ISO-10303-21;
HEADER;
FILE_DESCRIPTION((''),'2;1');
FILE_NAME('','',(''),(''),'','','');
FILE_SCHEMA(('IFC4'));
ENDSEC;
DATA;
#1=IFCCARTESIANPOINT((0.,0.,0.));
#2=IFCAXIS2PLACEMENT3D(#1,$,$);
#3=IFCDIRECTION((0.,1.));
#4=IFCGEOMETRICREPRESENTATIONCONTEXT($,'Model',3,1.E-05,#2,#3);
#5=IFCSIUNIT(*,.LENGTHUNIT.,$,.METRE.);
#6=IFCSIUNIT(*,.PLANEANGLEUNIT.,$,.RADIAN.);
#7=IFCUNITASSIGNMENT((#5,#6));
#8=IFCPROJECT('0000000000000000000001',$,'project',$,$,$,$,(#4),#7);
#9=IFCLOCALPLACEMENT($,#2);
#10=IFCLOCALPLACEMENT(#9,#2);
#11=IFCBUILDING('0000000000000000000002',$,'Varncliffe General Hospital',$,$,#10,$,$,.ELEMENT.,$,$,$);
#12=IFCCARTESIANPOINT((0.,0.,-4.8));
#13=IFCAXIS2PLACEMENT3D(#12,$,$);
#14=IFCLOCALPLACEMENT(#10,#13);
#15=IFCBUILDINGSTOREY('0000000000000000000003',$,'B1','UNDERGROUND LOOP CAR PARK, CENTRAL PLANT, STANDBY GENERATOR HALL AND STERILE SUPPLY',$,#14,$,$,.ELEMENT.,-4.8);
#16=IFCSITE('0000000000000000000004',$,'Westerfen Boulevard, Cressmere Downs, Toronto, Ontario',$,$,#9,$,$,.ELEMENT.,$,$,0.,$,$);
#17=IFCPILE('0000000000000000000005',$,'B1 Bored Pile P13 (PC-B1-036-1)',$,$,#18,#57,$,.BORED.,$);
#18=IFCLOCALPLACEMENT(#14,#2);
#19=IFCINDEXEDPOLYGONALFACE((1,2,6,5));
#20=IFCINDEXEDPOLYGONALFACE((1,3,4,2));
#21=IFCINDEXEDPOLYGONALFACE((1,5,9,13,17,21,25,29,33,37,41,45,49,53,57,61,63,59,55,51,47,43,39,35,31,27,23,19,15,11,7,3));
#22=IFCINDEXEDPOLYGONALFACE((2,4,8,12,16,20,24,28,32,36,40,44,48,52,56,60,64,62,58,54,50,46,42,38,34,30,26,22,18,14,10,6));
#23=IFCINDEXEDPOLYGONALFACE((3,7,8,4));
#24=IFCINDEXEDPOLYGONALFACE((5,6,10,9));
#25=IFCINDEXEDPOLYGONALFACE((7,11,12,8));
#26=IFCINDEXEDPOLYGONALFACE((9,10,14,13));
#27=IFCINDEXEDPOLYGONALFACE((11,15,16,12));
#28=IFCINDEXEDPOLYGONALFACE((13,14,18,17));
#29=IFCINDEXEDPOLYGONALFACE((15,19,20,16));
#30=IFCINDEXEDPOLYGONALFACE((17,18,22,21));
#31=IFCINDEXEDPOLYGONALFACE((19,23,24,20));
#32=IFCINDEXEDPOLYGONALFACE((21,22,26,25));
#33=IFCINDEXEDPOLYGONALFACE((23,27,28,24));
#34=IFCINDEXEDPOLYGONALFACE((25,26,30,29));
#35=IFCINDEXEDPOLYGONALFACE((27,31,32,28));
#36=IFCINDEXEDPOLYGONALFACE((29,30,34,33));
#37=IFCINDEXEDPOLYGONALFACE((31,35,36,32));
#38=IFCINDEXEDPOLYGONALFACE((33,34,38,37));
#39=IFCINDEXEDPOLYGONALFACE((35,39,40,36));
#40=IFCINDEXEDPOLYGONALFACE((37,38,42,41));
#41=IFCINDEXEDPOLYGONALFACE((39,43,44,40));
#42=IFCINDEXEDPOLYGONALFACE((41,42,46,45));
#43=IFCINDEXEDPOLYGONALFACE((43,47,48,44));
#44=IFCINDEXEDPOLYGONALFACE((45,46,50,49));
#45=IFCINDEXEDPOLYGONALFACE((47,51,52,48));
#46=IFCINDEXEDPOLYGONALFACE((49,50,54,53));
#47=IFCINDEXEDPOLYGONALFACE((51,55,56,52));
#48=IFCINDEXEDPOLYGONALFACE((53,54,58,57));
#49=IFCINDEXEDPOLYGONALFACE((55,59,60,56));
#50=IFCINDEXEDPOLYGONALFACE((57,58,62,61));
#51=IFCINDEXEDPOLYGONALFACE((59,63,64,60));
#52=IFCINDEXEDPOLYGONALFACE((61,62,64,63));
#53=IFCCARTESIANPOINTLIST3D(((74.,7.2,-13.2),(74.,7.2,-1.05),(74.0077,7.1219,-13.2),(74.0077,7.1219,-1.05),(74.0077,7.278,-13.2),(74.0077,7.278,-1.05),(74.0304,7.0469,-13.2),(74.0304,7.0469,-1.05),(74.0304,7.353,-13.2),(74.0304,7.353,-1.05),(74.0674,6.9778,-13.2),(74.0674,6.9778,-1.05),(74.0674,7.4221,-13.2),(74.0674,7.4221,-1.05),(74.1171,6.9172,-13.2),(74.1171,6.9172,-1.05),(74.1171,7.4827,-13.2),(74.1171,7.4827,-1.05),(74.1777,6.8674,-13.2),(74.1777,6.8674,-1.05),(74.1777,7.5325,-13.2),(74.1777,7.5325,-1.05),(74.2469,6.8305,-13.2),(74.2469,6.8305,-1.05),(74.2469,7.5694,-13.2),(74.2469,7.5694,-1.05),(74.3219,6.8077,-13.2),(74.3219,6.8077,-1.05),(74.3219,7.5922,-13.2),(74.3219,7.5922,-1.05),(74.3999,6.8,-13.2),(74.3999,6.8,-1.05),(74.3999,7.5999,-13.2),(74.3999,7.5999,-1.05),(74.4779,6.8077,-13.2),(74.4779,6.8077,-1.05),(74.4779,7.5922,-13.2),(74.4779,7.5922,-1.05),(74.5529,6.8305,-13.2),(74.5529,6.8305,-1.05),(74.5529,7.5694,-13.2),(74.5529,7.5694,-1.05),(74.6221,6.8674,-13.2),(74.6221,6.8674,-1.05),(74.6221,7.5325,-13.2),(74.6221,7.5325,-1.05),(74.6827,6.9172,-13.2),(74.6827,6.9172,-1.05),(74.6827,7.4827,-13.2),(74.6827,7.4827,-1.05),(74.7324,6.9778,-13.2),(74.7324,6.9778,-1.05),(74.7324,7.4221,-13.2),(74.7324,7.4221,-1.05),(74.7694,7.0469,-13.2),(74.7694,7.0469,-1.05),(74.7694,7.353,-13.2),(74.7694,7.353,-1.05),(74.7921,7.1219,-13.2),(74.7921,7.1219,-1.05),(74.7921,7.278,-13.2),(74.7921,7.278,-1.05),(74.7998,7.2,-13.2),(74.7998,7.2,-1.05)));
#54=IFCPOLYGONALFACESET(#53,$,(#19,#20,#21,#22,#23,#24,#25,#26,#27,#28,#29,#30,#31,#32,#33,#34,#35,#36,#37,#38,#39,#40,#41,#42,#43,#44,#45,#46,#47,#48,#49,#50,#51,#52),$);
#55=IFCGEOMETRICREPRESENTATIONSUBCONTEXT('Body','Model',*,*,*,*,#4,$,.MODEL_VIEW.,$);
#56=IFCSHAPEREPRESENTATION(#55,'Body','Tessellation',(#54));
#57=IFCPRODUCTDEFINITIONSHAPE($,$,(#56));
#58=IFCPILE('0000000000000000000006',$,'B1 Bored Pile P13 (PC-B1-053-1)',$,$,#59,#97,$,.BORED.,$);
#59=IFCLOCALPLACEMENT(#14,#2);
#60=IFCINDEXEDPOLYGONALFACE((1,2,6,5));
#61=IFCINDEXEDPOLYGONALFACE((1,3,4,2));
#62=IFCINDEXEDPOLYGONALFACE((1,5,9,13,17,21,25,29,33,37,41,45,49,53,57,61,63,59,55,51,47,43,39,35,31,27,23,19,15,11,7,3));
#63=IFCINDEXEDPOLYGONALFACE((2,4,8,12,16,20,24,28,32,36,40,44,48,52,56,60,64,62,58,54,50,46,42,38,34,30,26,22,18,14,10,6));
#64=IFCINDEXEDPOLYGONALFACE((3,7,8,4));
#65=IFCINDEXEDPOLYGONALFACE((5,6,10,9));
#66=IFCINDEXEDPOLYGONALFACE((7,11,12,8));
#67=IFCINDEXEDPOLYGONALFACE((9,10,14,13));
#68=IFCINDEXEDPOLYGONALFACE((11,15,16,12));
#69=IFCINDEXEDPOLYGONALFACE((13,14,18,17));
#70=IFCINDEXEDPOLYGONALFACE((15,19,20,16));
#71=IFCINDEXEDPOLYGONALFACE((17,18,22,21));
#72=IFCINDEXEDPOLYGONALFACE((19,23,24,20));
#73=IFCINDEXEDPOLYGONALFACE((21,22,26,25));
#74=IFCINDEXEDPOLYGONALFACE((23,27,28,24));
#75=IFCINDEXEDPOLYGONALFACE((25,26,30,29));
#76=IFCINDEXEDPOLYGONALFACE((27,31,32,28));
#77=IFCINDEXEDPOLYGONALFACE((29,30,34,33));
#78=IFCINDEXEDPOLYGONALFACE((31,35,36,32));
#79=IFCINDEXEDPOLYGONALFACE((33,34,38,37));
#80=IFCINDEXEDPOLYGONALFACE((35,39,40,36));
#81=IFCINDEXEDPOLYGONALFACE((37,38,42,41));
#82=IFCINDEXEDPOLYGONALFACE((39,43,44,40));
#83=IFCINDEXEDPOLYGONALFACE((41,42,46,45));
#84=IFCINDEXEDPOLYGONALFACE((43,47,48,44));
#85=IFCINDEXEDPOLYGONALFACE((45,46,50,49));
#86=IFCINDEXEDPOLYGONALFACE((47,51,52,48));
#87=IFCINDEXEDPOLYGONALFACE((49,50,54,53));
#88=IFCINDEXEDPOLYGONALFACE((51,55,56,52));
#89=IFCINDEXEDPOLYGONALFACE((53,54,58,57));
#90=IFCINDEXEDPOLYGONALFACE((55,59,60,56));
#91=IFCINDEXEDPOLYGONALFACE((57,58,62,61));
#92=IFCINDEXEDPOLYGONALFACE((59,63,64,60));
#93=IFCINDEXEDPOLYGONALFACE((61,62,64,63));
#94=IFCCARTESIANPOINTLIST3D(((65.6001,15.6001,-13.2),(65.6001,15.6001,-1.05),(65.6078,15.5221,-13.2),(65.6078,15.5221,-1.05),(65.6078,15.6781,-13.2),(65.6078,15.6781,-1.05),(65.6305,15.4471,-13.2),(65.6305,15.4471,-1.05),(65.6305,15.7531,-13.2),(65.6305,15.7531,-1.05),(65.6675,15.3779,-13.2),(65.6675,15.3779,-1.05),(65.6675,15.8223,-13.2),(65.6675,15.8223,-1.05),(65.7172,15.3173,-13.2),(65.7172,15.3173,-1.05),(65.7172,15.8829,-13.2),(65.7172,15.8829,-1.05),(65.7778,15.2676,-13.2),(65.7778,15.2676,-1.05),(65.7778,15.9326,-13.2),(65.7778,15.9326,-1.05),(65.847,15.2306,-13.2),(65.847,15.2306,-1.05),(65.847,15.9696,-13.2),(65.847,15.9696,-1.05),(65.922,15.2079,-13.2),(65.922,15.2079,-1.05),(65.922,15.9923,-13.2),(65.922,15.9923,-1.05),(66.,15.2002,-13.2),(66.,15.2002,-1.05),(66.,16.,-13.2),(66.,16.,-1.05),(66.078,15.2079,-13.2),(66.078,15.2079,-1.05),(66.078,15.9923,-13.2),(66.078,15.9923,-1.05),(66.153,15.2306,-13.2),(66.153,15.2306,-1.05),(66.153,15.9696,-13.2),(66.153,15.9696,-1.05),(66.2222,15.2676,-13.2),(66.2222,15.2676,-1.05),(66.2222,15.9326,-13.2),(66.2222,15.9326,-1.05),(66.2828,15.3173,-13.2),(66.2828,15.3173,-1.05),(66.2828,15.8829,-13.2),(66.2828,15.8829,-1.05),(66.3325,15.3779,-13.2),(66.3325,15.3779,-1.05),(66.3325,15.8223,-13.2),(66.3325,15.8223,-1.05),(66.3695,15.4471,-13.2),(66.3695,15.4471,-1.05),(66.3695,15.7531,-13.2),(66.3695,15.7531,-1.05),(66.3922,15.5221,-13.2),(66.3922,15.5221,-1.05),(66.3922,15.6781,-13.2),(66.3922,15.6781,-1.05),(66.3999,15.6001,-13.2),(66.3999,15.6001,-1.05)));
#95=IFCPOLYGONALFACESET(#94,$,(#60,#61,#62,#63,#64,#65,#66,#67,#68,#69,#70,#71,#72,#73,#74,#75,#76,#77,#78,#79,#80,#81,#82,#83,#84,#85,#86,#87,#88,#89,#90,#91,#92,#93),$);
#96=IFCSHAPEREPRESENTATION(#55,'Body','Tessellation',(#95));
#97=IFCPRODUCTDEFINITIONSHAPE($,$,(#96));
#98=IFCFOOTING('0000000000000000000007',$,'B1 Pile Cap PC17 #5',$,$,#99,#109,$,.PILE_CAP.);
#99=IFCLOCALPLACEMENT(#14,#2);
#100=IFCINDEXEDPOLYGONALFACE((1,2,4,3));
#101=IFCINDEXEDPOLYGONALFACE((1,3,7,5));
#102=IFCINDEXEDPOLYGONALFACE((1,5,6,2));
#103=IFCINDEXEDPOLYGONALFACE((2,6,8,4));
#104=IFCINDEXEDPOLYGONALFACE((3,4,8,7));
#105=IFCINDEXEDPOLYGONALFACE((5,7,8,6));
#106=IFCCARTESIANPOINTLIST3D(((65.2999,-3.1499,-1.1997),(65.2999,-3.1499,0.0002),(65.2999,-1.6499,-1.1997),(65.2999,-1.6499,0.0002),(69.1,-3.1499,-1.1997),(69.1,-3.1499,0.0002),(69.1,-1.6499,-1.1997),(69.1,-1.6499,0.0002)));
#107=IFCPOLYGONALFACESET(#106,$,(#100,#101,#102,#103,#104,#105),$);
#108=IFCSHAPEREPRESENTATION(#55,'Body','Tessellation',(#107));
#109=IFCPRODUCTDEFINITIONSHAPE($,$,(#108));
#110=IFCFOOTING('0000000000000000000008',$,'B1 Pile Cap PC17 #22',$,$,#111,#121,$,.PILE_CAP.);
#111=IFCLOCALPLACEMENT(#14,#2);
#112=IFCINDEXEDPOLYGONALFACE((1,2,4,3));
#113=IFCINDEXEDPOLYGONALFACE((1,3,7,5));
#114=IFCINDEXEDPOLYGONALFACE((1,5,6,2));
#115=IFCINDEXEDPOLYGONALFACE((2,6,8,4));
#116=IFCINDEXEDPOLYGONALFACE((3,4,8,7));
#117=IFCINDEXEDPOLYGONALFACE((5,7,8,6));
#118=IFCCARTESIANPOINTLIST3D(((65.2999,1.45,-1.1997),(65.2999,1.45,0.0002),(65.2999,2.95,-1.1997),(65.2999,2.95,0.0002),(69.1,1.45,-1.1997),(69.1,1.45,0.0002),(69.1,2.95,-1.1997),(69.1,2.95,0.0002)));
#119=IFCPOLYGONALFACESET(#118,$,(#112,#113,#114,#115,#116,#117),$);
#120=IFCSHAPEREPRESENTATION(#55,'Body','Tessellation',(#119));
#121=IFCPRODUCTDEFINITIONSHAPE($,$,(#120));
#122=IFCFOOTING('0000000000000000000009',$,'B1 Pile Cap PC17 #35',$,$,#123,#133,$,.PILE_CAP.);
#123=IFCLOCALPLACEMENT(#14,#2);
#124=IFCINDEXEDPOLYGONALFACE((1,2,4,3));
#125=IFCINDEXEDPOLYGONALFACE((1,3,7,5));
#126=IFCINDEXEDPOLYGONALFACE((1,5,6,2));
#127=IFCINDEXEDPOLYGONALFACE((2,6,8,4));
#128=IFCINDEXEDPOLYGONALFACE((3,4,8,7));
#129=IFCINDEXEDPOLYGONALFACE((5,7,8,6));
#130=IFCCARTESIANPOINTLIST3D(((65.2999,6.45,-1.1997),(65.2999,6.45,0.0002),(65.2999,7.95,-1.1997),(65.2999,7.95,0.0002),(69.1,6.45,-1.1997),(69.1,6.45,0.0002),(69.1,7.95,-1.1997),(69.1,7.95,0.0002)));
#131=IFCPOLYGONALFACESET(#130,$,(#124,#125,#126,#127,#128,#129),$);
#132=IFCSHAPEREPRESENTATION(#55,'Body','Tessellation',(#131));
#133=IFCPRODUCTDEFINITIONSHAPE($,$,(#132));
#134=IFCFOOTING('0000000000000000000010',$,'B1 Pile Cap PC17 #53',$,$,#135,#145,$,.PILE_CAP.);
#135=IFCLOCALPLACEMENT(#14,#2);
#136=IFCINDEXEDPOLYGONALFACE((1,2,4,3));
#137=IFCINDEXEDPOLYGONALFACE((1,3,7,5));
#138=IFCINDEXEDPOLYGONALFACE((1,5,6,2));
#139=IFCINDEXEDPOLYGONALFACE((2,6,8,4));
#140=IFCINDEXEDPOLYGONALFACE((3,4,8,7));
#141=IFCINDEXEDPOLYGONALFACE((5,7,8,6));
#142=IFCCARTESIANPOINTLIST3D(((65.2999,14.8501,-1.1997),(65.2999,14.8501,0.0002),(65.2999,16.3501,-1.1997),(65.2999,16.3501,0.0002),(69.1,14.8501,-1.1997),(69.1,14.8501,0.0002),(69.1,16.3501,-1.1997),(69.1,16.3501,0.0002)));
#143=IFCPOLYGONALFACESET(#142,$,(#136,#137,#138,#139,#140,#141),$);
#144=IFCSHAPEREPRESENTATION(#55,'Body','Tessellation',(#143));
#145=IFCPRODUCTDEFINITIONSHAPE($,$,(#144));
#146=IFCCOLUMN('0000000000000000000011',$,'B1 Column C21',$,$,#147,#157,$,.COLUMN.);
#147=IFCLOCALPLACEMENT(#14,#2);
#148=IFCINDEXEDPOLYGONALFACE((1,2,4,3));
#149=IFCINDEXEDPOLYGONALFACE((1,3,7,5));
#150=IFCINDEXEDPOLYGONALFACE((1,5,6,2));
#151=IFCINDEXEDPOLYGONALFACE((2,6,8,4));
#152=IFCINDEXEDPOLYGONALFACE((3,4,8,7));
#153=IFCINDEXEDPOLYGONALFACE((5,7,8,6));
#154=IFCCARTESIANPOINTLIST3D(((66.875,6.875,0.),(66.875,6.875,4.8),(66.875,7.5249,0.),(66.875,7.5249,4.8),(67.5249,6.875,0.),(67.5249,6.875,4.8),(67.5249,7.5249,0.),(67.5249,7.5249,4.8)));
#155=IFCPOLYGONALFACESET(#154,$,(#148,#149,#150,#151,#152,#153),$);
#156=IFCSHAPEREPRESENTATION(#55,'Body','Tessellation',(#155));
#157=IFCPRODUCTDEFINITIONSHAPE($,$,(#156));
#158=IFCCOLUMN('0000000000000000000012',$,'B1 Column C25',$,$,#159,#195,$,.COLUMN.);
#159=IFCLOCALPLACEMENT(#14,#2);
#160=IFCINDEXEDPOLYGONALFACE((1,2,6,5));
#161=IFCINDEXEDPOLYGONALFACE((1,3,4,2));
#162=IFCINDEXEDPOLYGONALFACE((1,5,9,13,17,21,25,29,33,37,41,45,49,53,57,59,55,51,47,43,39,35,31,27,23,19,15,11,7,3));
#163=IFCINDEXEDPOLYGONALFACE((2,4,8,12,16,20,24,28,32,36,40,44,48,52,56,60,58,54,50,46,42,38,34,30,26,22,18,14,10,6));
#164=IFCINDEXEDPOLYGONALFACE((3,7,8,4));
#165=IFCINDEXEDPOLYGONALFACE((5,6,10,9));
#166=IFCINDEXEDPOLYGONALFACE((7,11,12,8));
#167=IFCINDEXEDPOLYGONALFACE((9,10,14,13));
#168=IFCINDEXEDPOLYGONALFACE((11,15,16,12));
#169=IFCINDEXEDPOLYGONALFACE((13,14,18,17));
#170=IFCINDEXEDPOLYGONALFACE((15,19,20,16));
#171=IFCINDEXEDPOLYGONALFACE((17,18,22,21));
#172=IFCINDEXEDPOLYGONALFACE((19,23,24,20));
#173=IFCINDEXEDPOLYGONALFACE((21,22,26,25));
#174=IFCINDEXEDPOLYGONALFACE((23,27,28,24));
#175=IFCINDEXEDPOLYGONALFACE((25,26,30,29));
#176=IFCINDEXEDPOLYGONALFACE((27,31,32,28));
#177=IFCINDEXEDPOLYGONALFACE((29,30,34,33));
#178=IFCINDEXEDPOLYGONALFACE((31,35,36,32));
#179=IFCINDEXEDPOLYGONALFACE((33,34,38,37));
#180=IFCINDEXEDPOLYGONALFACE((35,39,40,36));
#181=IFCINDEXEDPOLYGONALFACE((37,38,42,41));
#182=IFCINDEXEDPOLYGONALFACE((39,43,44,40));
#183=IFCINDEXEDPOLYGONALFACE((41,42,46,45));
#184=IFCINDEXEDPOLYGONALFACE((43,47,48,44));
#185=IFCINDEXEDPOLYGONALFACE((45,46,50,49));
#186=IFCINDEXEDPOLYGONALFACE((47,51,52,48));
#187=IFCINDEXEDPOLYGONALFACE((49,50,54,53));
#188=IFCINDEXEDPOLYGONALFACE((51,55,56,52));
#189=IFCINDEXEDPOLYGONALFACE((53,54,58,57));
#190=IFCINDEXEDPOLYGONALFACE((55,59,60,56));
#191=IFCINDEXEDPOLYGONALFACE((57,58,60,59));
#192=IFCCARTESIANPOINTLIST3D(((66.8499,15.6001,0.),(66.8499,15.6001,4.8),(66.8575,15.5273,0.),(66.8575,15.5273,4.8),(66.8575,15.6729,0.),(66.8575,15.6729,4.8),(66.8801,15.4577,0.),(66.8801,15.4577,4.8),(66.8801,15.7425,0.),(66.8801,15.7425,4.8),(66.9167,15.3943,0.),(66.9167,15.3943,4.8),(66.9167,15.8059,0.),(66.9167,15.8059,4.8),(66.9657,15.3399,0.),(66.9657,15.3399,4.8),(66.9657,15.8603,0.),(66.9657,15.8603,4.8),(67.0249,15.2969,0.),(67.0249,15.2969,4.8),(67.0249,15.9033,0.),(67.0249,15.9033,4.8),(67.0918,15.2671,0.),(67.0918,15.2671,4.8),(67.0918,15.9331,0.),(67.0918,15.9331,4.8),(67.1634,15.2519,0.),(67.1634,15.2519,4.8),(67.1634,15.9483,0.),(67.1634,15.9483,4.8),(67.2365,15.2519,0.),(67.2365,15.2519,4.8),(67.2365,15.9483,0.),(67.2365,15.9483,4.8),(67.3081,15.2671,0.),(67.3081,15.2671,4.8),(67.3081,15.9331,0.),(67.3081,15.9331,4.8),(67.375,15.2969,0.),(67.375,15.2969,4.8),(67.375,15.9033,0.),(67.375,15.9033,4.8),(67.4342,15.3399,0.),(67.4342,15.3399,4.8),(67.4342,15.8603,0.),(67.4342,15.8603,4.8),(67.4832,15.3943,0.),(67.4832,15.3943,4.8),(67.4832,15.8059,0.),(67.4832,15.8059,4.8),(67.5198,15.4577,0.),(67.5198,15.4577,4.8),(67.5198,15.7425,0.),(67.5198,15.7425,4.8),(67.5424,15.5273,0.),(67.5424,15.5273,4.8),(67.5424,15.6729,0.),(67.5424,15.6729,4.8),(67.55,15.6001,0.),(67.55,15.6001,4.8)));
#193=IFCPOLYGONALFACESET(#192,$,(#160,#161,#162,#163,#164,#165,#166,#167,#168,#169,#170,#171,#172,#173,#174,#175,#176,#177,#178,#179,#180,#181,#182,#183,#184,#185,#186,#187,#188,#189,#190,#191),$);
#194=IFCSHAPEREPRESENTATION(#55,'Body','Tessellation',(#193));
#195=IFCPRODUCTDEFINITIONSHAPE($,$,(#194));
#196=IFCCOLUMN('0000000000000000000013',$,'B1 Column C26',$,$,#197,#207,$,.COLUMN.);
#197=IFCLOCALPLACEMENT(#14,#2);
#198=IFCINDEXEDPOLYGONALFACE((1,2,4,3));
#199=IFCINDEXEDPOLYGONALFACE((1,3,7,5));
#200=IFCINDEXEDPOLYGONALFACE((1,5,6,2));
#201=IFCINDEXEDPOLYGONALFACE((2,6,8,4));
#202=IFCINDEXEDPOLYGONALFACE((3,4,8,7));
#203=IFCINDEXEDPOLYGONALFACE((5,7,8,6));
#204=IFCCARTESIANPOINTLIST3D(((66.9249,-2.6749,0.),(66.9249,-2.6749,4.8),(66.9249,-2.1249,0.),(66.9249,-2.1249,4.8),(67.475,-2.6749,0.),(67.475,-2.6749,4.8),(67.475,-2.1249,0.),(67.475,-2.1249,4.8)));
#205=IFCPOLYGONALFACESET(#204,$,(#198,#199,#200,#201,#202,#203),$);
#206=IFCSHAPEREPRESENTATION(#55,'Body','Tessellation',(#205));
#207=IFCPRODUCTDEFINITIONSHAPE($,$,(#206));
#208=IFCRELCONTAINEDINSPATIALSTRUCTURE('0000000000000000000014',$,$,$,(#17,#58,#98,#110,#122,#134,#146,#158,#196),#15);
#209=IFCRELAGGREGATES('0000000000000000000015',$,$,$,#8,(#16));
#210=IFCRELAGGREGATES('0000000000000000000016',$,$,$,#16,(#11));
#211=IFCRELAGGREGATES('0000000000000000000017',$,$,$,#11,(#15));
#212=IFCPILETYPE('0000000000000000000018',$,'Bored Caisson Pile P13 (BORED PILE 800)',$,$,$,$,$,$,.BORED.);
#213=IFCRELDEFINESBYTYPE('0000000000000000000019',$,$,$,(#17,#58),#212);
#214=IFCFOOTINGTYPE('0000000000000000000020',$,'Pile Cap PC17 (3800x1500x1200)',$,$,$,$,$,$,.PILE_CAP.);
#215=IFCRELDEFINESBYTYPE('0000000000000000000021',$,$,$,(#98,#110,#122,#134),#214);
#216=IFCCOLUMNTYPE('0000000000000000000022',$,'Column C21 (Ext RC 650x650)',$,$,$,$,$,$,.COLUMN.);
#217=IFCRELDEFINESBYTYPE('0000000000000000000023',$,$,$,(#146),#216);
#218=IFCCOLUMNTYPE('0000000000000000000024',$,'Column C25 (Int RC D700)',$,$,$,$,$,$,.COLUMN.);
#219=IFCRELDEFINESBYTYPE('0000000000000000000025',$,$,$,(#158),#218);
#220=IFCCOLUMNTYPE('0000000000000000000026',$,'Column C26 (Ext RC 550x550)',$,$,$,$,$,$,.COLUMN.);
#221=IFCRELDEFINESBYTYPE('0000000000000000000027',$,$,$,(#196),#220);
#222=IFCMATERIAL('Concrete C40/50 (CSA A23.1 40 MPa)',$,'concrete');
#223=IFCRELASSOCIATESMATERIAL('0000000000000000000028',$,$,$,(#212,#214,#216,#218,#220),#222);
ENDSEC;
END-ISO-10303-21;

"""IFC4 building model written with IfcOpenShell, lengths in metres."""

from ifc_helpers import new_model, si_unit, direction, frame, origin, origin_2d, place, context, subcontext, project, spatial, rectangle, circle, extrude, material, material_profile, profile_set, type_object, element, save


model = new_model("IFC4")

# Units and contexts
model_context = context("Model", 3, precision=1e-05, world=origin(), true_north=direction((0.0, 1.0)))
body_context = subcontext(model_context, "Body", "Model", "MODEL_VIEW")
ifc_project = project(units=[si_unit("LENGTHUNIT", "METRE"), si_unit("PLANEANGLEUNIT", "RADIAN")], contexts=[model_context])

# Site, building, storey
site_placement = place(None, origin())
site = spatial("IfcSite", under=ifc_project, at=site_placement, Name="Westerfen Boulevard, Cressmere Downs, Toronto, Ontario", CompositionType="ELEMENT", RefElevation=0.0)
building_placement = place(site_placement, origin())
building = spatial("IfcBuilding", under=site, at=building_placement, Name="Varncliffe General Hospital", CompositionType="ELEMENT")
storey_placement = place(building_placement, frame((0.0, 0.0, -4.8)))
storey = spatial("IfcBuildingStorey", under=building, at=storey_placement, Name="B1", Description="UNDERGROUND LOOP CAR PARK, CENTRAL PLANT, STANDBY GENERATOR HALL AND STERILE SUPPLY", CompositionType="ELEMENT", Elevation=-4.8)

# Piles
ifc_material_1 = material(Name="Concrete C40/50 (CSA A23.1 40 MPa)", Category="concrete")
ifc_material_profile_1 = material_profile(ifc_material_1, circle(Radius=0.3999, at=origin_2d()), Name="BORED PILE 800")
ifc_profile_set_1 = profile_set([ifc_material_profile_1], Name="Concrete C40/50 (CSA A23.1 40 MPa)")
pile_type = type_object("IfcPileType", Name="Bored Caisson Pile P13 (BORED PILE 800)", PredefinedType="BORED", material=ifc_profile_set_1)
for number, where, z_axis, x_axis, name in (
    (1, (74.3999, 7.2, -1.05), (0.0, 0.0, -1.0), (1.0, 0.0, 0.0), "B1 Bored Pile P13 (PC-B1-036-1)"),
    (2, (66.0, 15.6001, -1.05), (0.0, 0.0, -1.0), (1.0, 0.0, 0.0), "B1 Bored Pile P13 (PC-B1-053-1)"),
):
    element("IfcPile", number, at=place(storey_placement, frame(where, z_axis=z_axis, x_axis=x_axis)), inside=storey, type_object=pile_type, Name=name, PredefinedType="BORED", context=body_context, shape_type="SweptSolid", body=[
        extrude(circle(Radius=0.3999, at=origin_2d()), origin(), (0.0, 0.0, 1.0), 12.1499),
    ])

# Footings
footing_type = type_object("IfcFootingType", Name="Pile Cap PC17 (3800x1500x1200)", PredefinedType="PILE_CAP", material=ifc_material_1)
for number, where, z_axis, x_axis, name in (
    (3, (67.2, -2.3999, -1.1997), (0.0, 0.0, 1.0), (1.0, 0.0, 0.0), "B1 Pile Cap PC17 #5"),
    (4, (67.2, 2.2, -1.1997), (0.0, 0.0, 1.0), (1.0, 0.0, 0.0), "B1 Pile Cap PC17 #22"),
    (5, (67.2, 7.2, -1.1997), (0.0, 0.0, 1.0), (1.0, 0.0, 0.0), "B1 Pile Cap PC17 #35"),
    (6, (67.2, 15.6001, -1.1997), (0.0, 0.0, 1.0), (1.0, 0.0, 0.0), "B1 Pile Cap PC17 #53"),
):
    element("IfcFooting", number, at=place(storey_placement, frame(where, z_axis=z_axis, x_axis=x_axis)), inside=storey, type_object=footing_type, Name=name, PredefinedType="PILE_CAP", context=body_context, shape_type="SweptSolid", body=[
        extrude(rectangle(XDim=3.8, YDim=1.5, at=origin_2d()), origin(), (0.0, 0.0, 1.0), 1.2),
    ])

# Columns
ifc_material_profile_2 = material_profile(ifc_material_1, rectangle(XDim=0.6499, YDim=0.6499, at=origin_2d()), Name="RC 650x650")
ifc_profile_set_2 = profile_set([ifc_material_profile_2], Name="Concrete C40/50 (CSA A23.1 40 MPa)")
column_type_1 = type_object("IfcColumnType", Name="Column C21 (Ext RC 650x650)", PredefinedType="COLUMN", material=ifc_profile_set_2)
column_1_placement = place(storey_placement, frame((67.2, 7.2, 0.0), z_axis=(0.0, 0.0, 1.0), x_axis=(1.0, 0.0, 0.0)))
element("IfcColumn", 7, at=column_1_placement, inside=storey, type_object=column_type_1, Name="B1 Column C21", PredefinedType="COLUMN", context=body_context, shape_type="SweptSolid", body=[
    extrude(rectangle(XDim=0.6499, YDim=0.6499, at=origin_2d()), origin(), (0.0, 0.0, 1.0), 4.8),
])
ifc_material_profile_3 = material_profile(ifc_material_1, circle(Radius=0.3501, at=origin_2d()), Name="RC D700")
ifc_profile_set_3 = profile_set([ifc_material_profile_3], Name="Concrete C40/50 (CSA A23.1 40 MPa)")
column_type_2 = type_object("IfcColumnType", Name="Column C25 (Int RC D700)", PredefinedType="COLUMN", material=ifc_profile_set_3)
column_2_placement = place(storey_placement, frame((67.2, 15.6001, 0.0), z_axis=(0.0, 0.0, 1.0), x_axis=(1.0, 0.0, 0.0)))
element("IfcColumn", 8, at=column_2_placement, inside=storey, type_object=column_type_2, Name="B1 Column C25", PredefinedType="COLUMN", context=body_context, shape_type="SweptSolid", body=[
    extrude(circle(Radius=0.3501, at=origin_2d()), origin(), (0.0, 0.0, 1.0), 4.8),
])
ifc_material_profile_4 = material_profile(ifc_material_1, rectangle(XDim=0.55, YDim=0.55, at=origin_2d()), Name="RC 550x550")
ifc_profile_set_4 = profile_set([ifc_material_profile_4], Name="Concrete C40/50 (CSA A23.1 40 MPa)")
column_type_3 = type_object("IfcColumnType", Name="Column C26 (Ext RC 550x550)", PredefinedType="COLUMN", material=ifc_profile_set_4)
for number, where, z_axis, x_axis, name in (
    (9, (67.2, -2.3999, 0.0), (0.0, 0.0, 1.0), (1.0, 0.0, 0.0), "B1 Column C26"),
):
    element("IfcColumn", number, at=place(storey_placement, frame(where, z_axis=z_axis, x_axis=x_axis)), inside=storey, type_object=column_type_3, Name=name, PredefinedType="COLUMN", context=body_context, shape_type="SweptSolid", body=[
        extrude(rectangle(XDim=0.55, YDim=0.55, at=origin_2d()), origin(), (0.0, 0.0, 1.0), 4.8),
    ])

save(model, "model.ifc")
